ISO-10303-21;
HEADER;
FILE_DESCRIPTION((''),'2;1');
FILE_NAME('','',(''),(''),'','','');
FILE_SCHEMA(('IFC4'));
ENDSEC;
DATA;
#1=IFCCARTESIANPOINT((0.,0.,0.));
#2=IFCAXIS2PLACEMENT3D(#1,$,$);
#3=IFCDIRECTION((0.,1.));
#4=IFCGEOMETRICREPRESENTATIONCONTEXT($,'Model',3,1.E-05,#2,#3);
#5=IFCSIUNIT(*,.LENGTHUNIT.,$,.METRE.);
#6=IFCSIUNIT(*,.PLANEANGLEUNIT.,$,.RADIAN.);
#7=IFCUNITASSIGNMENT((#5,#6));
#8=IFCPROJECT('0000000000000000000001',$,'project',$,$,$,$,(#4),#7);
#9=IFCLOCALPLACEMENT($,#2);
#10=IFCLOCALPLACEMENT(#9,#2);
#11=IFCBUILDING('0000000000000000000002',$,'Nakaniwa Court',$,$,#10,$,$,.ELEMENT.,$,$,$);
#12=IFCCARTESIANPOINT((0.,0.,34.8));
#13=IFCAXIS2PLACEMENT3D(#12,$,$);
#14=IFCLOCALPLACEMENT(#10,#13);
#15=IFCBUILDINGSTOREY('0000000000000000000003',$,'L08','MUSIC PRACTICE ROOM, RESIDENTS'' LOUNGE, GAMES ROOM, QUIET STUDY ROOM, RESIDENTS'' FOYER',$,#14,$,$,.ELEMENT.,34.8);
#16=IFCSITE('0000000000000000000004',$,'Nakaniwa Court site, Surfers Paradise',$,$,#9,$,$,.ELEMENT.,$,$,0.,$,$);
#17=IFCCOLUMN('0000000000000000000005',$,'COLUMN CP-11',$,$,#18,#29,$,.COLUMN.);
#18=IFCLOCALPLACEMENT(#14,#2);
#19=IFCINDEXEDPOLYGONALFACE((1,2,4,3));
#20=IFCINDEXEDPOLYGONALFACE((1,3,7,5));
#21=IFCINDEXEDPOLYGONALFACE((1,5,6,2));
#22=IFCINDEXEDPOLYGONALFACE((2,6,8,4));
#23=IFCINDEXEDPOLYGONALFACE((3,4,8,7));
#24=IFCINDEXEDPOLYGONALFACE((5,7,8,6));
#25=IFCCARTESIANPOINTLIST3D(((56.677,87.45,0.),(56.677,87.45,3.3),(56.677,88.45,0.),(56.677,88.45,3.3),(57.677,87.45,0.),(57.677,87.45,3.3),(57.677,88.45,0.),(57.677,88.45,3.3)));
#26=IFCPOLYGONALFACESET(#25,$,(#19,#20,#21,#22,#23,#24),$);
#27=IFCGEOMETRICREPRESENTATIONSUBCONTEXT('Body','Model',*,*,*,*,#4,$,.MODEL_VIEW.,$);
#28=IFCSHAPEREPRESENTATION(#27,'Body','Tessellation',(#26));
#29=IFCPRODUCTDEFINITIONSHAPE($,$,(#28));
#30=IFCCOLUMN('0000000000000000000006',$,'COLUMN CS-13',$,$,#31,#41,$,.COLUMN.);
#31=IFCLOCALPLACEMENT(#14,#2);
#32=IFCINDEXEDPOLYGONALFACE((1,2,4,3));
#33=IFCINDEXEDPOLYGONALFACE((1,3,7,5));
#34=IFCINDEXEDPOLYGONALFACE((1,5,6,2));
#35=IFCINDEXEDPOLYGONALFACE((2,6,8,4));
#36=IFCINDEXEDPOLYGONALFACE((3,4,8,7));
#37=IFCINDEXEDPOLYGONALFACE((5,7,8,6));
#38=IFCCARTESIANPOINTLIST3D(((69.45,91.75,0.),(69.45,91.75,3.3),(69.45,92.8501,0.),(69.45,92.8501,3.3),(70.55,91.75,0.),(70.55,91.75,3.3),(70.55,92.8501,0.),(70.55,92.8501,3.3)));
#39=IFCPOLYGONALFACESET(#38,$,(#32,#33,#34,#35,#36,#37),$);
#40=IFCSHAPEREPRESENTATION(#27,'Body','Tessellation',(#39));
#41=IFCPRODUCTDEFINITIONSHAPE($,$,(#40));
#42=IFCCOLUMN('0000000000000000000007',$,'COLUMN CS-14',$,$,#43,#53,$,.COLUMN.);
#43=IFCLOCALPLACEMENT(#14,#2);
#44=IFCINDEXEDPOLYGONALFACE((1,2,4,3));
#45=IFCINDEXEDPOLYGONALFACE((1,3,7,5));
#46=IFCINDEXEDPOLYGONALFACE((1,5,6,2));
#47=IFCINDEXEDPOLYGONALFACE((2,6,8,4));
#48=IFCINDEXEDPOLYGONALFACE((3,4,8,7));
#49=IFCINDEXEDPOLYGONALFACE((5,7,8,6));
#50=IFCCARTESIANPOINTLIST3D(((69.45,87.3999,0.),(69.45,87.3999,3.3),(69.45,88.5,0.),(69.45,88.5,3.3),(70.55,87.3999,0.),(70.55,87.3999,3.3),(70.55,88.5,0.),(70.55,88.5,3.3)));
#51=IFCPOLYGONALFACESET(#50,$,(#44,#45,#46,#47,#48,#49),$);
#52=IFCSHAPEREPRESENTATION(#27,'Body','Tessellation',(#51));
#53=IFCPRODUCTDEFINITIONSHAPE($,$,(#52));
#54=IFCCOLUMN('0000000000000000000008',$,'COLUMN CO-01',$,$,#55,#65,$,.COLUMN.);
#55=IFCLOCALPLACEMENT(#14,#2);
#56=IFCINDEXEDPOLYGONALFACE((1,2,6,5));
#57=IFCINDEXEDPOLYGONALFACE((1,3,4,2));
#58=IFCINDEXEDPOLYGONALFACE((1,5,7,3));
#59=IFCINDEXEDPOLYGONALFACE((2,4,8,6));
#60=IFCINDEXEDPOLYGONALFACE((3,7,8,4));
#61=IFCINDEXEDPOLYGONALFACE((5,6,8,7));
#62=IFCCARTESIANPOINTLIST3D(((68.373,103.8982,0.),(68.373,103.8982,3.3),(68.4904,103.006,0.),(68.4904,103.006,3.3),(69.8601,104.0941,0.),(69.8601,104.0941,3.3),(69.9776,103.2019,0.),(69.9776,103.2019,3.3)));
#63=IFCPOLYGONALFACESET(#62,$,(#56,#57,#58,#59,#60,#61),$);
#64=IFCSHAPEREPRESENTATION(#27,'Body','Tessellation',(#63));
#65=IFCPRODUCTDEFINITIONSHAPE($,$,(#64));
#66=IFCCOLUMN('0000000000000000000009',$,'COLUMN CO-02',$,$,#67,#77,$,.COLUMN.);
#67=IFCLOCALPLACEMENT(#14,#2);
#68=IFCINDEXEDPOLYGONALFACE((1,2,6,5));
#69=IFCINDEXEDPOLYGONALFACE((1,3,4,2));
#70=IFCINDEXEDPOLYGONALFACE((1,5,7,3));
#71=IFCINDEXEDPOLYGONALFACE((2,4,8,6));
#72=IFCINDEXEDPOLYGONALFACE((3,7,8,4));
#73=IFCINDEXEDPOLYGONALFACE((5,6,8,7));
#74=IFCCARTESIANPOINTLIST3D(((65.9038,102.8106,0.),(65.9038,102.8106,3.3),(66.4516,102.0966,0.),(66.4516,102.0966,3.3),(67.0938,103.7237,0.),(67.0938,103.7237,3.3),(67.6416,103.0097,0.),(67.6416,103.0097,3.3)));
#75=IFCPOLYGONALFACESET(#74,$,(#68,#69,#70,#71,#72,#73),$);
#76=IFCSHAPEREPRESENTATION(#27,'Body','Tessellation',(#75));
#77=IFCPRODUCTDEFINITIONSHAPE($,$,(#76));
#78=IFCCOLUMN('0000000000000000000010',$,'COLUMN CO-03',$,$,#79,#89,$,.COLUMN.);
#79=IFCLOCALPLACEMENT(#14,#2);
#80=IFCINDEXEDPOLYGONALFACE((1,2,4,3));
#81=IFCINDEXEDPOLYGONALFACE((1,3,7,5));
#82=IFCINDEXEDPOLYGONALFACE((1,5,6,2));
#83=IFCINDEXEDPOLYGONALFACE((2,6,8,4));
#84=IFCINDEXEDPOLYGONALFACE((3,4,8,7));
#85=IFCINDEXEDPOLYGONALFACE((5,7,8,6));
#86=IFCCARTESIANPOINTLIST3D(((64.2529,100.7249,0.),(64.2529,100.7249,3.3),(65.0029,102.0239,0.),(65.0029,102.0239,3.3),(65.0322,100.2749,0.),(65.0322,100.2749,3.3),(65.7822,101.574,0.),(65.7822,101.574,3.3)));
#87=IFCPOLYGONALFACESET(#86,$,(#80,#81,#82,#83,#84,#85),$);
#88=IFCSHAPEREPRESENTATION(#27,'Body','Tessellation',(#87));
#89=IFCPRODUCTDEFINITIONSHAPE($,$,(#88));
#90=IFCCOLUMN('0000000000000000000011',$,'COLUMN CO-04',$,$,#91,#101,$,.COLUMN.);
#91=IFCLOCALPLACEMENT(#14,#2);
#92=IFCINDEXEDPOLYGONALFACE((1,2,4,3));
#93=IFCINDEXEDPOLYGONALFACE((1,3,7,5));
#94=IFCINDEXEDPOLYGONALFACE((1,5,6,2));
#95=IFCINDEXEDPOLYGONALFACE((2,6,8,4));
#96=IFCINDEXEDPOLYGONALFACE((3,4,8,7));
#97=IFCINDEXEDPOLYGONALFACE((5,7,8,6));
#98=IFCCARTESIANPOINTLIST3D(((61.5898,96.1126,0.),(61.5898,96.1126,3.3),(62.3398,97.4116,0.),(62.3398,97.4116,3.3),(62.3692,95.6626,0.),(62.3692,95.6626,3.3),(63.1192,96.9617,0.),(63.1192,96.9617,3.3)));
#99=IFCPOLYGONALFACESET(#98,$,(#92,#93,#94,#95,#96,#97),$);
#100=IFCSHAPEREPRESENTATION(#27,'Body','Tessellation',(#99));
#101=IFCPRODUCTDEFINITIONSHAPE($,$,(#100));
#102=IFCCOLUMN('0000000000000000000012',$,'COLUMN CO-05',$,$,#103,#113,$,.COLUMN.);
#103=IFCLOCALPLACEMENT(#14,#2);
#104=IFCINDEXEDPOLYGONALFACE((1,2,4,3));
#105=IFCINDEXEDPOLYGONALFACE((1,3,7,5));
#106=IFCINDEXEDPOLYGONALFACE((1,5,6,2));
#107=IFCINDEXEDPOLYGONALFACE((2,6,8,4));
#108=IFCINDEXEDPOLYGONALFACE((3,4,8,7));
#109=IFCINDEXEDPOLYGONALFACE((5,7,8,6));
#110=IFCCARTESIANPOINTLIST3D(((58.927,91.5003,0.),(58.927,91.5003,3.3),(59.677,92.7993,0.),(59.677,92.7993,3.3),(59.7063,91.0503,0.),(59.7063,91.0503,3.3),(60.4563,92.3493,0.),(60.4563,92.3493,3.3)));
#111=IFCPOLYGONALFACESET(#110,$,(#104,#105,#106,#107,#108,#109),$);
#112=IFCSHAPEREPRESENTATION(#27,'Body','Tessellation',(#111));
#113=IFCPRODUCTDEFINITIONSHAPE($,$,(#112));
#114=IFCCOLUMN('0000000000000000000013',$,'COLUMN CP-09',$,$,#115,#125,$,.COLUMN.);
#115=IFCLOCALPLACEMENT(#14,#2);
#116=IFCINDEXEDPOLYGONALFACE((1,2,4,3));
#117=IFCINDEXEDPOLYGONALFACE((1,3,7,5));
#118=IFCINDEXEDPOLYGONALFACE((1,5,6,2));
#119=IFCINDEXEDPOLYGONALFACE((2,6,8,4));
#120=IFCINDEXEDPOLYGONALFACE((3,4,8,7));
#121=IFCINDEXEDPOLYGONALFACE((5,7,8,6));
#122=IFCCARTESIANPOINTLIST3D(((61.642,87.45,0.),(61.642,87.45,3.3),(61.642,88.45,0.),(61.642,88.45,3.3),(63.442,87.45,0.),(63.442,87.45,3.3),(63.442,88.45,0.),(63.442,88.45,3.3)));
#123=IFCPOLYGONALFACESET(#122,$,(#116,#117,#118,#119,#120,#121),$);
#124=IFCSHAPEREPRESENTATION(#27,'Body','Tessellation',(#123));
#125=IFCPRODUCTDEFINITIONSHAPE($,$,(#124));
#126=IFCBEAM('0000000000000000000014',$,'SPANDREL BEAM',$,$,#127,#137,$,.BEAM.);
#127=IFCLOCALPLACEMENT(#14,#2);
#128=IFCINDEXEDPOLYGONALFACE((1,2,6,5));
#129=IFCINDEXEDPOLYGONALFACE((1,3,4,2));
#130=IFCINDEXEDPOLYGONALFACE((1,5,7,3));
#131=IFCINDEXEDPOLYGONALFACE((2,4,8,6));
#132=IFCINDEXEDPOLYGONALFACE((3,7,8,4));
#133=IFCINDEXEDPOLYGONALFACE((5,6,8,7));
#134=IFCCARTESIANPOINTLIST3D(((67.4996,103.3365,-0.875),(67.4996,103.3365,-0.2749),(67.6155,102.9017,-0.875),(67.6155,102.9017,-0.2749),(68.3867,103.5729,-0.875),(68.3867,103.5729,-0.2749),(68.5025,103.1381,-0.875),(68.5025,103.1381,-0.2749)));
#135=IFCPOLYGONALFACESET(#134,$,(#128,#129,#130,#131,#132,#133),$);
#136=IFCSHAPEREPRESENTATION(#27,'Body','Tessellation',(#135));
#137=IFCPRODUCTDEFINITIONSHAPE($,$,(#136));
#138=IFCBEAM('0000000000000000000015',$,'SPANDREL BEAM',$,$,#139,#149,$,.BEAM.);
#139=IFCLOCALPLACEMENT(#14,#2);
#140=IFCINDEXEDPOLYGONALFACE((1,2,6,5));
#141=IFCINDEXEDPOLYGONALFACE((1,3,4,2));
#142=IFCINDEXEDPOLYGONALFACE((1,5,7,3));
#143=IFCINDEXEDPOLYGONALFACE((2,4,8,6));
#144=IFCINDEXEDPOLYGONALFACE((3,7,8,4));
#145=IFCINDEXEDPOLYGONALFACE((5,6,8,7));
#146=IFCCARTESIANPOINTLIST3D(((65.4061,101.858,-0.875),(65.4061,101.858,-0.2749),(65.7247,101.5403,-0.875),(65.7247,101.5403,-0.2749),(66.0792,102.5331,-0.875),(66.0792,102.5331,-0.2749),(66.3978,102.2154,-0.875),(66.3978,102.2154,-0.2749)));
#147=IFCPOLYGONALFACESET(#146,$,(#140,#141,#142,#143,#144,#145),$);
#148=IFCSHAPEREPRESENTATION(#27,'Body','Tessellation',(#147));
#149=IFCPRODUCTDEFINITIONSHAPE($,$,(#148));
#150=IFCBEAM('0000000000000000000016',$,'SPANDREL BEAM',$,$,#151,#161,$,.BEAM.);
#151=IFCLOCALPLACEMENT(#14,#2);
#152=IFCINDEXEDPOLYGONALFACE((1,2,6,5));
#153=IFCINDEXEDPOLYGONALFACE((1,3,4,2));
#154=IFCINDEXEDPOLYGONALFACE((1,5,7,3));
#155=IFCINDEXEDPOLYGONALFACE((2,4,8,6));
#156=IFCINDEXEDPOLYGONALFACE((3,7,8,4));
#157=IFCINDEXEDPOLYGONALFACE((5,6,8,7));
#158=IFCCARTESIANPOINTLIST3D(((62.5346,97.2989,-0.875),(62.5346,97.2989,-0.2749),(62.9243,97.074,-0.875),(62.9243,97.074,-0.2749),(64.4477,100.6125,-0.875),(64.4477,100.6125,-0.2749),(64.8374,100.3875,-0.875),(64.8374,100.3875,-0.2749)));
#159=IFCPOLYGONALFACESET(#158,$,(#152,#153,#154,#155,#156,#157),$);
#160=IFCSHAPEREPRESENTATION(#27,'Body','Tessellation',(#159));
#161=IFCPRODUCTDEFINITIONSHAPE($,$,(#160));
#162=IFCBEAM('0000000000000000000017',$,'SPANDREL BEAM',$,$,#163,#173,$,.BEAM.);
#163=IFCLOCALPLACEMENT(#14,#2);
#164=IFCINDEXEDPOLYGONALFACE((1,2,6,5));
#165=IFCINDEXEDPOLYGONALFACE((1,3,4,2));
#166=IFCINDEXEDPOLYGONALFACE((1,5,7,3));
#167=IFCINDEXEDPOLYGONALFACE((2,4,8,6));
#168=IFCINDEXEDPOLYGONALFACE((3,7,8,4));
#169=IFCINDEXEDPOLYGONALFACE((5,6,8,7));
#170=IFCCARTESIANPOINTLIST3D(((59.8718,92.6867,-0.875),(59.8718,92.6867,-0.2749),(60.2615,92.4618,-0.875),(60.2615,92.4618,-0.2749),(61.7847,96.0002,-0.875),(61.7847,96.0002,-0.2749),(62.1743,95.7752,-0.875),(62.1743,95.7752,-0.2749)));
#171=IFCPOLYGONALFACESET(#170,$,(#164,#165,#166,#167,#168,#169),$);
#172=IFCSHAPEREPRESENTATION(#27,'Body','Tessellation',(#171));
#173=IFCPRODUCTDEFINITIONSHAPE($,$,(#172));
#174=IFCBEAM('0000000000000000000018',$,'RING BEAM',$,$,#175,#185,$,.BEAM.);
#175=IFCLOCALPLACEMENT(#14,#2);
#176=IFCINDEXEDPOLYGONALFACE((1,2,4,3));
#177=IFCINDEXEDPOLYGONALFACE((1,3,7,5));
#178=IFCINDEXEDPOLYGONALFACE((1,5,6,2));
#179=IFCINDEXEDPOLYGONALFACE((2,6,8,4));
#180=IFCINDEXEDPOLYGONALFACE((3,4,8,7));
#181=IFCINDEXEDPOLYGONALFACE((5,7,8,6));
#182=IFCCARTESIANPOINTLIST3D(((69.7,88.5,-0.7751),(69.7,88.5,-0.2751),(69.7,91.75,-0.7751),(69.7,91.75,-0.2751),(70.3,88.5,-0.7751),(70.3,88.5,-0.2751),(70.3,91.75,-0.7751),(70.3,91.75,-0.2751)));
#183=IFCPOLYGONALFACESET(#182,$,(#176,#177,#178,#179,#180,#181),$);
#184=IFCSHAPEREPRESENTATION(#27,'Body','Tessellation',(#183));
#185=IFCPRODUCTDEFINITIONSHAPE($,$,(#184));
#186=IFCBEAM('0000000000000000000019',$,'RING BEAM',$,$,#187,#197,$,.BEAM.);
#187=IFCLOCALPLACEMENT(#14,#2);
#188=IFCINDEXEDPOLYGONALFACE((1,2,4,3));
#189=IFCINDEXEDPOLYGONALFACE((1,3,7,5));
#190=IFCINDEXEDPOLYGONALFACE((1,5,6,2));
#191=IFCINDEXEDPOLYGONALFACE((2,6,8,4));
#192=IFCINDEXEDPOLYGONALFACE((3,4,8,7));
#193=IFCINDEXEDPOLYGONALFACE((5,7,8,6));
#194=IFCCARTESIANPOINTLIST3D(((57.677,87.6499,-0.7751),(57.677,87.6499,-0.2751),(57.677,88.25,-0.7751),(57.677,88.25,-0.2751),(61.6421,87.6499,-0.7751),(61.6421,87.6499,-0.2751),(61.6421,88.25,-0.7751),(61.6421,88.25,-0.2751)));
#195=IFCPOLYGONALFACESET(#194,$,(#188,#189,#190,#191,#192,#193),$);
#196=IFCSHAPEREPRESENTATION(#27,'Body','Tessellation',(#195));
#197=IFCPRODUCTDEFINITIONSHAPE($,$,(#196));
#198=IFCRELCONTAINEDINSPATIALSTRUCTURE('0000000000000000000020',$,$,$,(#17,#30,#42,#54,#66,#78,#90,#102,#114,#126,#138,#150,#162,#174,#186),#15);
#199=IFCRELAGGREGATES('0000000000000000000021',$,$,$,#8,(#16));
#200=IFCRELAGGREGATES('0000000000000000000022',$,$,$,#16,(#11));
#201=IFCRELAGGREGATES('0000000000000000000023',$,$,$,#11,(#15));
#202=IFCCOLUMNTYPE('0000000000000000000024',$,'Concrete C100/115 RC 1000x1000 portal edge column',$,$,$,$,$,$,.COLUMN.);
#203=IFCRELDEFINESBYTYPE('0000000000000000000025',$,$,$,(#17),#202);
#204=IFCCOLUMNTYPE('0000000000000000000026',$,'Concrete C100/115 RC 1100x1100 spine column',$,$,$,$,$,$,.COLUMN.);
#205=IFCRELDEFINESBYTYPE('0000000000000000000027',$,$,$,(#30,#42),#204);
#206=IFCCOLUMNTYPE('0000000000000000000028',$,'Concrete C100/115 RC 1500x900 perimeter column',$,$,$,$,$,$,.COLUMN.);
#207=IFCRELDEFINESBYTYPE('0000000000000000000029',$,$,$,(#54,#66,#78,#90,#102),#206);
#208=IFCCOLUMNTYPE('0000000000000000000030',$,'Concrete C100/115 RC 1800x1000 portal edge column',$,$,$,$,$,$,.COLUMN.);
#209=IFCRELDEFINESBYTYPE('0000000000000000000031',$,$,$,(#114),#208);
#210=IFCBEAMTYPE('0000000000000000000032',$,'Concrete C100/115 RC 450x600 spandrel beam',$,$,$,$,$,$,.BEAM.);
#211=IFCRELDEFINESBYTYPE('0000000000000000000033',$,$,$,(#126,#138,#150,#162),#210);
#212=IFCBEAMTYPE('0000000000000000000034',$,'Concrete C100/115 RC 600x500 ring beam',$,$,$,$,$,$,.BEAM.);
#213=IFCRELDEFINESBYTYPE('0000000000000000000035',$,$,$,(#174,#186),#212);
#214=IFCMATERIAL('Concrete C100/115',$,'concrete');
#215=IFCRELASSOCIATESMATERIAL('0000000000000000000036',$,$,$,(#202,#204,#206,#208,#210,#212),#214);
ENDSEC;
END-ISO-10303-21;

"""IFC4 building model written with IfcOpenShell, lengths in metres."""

from ifc_helpers import new_model, si_unit, direction, frame, origin, origin_2d, place, context, subcontext, project, spatial, rectangle, extrude, material, material_profile, profile_set, type_object, element, save


model = new_model("IFC4")

# Units and contexts
model_context = context("Model", 3, precision=1e-05, world=origin(), true_north=direction((0.0, 1.0)))
body_context = subcontext(model_context, "Body", "Model", "MODEL_VIEW")
ifc_project = project(units=[si_unit("LENGTHUNIT", "METRE"), si_unit("PLANEANGLEUNIT", "RADIAN")], contexts=[model_context])

# Site, building, storey
site_placement = place(None, origin())
site = spatial("IfcSite", under=ifc_project, at=site_placement, Name="Nakaniwa Court site, Surfers Paradise", CompositionType="ELEMENT", RefElevation=0.0)
building_placement = place(site_placement, origin())
building = spatial("IfcBuilding", under=site, at=building_placement, Name="Nakaniwa Court", CompositionType="ELEMENT")
storey_placement = place(building_placement, frame((0.0, 0.0, 34.8)))
storey = spatial("IfcBuildingStorey", under=building, at=storey_placement, Name="L08", Description="MUSIC PRACTICE ROOM, RESIDENTS' LOUNGE, GAMES ROOM, QUIET STUDY ROOM, RESIDENTS' FOYER", CompositionType="ELEMENT", Elevation=34.8)

# Columns
ifc_material_1 = material(Name="Concrete C100/115", Category="concrete")
ifc_material_profile_1 = material_profile(ifc_material_1, rectangle(XDim=1.0, YDim=1.0, at=origin_2d()), Name="Concrete C100/115 RC 1000x1000 portal edge column")
ifc_profile_set_1 = profile_set([ifc_material_profile_1], Name="Concrete C100/115")
column_type_1 = type_object("IfcColumnType", Name="Concrete C100/115 RC 1000x1000 portal edge column", PredefinedType="COLUMN", material=ifc_profile_set_1)
column_1_placement = place(storey_placement, frame((57.177, 87.95, 0.0), z_axis=(0.0, 0.0, 1.0), x_axis=(1.0, 0.0, 0.0)))
element("IfcColumn", 1, at=column_1_placement, inside=storey, type_object=column_type_1, Name="COLUMN CP-11", PredefinedType="COLUMN", context=body_context, shape_type="SweptSolid", body=[
    extrude(rectangle(XDim=1.0, YDim=1.0, at=origin_2d()), origin(), (0.0, 0.0, 1.0), 3.3),
])
ifc_material_profile_2 = material_profile(ifc_material_1, rectangle(XDim=1.1001, YDim=1.1001, at=origin_2d()), Name="Concrete C100/115 RC 1100x1100 spine column")
ifc_profile_set_2 = profile_set([ifc_material_profile_2], Name="Concrete C100/115")
column_type_2 = type_object("IfcColumnType", Name="Concrete C100/115 RC 1100x1100 spine column", PredefinedType="COLUMN", material=ifc_profile_set_2)
for number, where, z_axis, x_axis, name in (
    (2, (70.0, 92.3, 0.0), (0.0, 0.0, 1.0), (0.0, -1.0, 0.0), "COLUMN CS-13"),
    (3, (70.0, 87.95, 0.0), (0.0, 0.0, 1.0), (0.0, -1.0, 0.0), "COLUMN CS-14"),
):
    element("IfcColumn", number, at=place(storey_placement, frame(where, z_axis=z_axis, x_axis=x_axis)), inside=storey, type_object=column_type_2, Name=name, PredefinedType="COLUMN", context=body_context, shape_type="SweptSolid", body=[
        extrude(rectangle(XDim=1.1001, YDim=1.1001, at=origin_2d()), origin(), (0.0, 0.0, 1.0), 3.3),
    ])
ifc_material_profile_3 = material_profile(ifc_material_1, rectangle(XDim=1.5, YDim=0.8999, at=origin_2d()), Name="Concrete C100/115 RC 1500x900 perimeter column")
ifc_profile_set_3 = profile_set([ifc_material_profile_3], Name="Concrete C100/115")
column_type_3 = type_object("IfcColumnType", Name="Concrete C100/115 RC 1500x900 perimeter column", PredefinedType="COLUMN", material=ifc_profile_set_3)
for number, where, z_axis, x_axis, name in (
    (4, (69.1753, 103.55, 0.0), (0.0, 0.0, 1.0), (-0.991443, -0.130543, 0.0), "COLUMN CO-01"),
    (5, (66.7727, 102.9102, 0.0), (0.0, 0.0, 1.0), (-0.793364, -0.608748, 0.0), "COLUMN CO-02"),
    (6, (65.0176, 101.1494, 0.0), (0.0, 0.0, 1.0), (-0.5, -0.866025, 0.0), "COLUMN CO-03"),
    (7, (62.3545, 96.5371, 0.0), (0.0, 0.0, 1.0), (-0.5, -0.866025, 0.0), "COLUMN CO-04"),
    (8, (59.6917, 91.9248, 0.0), (0.0, 0.0, 1.0), (-0.5, -0.866025, 0.0), "COLUMN CO-05"),
):
    element("IfcColumn", number, at=place(storey_placement, frame(where, z_axis=z_axis, x_axis=x_axis)), inside=storey, type_object=column_type_3, Name=name, PredefinedType="COLUMN", context=body_context, shape_type="SweptSolid", body=[
        extrude(rectangle(XDim=1.5, YDim=0.8999, at=origin_2d()), origin(), (0.0, 0.0, 1.0), 3.3),
    ])
ifc_material_profile_4 = material_profile(ifc_material_1, rectangle(XDim=1.8, YDim=1.0, at=origin_2d()), Name="Concrete C100/115 RC 1800x1000 portal edge column")
ifc_profile_set_4 = profile_set([ifc_material_profile_4], Name="Concrete C100/115")
column_type_4 = type_object("IfcColumnType", Name="Concrete C100/115 RC 1800x1000 portal edge column", PredefinedType="COLUMN", material=ifc_profile_set_4)
column_2_placement = place(storey_placement, frame((62.542, 87.95, 0.0), z_axis=(0.0, 0.0, 1.0), x_axis=(1.0, 0.0, 0.0)))
element("IfcColumn", 9, at=column_2_placement, inside=storey, type_object=column_type_4, Name="COLUMN CP-09", PredefinedType="COLUMN", context=body_context, shape_type="SweptSolid", body=[
    extrude(rectangle(XDim=1.8, YDim=1.0, at=origin_2d()), origin(), (0.0, 0.0, 1.0), 3.3),
])

# Beams
ifc_material_profile_5 = material_profile(ifc_material_1, rectangle(XDim=0.45, YDim=0.6001, at=origin_2d()), Name="Concrete C100/115 RC 450x600 spandrel beam")
ifc_profile_set_5 = profile_set([ifc_material_profile_5], Name="Concrete C100/115")
beam_type_1 = type_object("IfcBeamType", Name="Concrete C100/115 RC 450x600 spandrel beam", PredefinedType="BEAM", material=ifc_profile_set_5)
beam_1_placement = place(storey_placement, frame((68.4446, 103.3555, -0.575), z_axis=(-0.966288, -0.257464, 0.0), x_axis=(0.257464, -0.966288, 0.0)))
element("IfcBeam", 10, at=beam_1_placement, inside=storey, type_object=beam_type_1, Name="SPANDREL BEAM", PredefinedType="BEAM", context=body_context, shape_type="SweptSolid", body=[
    extrude(rectangle(XDim=0.45, YDim=0.6001, at=origin_2d()), origin(), (0.0, 0.0, 1.0), 0.918),
])
beam_2_placement = place(storey_placement, frame((66.2385, 102.3743, -0.575), z_axis=(-0.706082, -0.70813, 0.0), x_axis=(0.70813, -0.706082, 0.0)))
element("IfcBeam", 11, at=beam_2_placement, inside=storey, type_object=beam_type_1, Name="SPANDREL BEAM", PredefinedType="BEAM", context=body_context, shape_type="SweptSolid", body=[
    extrude(rectangle(XDim=0.45, YDim=0.6001, at=origin_2d()), origin(), (0.0, 0.0, 1.0), 0.9534),
])
beam_3_placement = place(storey_placement, frame((64.6426, 100.5, -0.575), z_axis=(-0.50001, -0.86602, 0.0), x_axis=(0.86602, -0.50001, 0.0)))
element("IfcBeam", 12, at=beam_3_placement, inside=storey, type_object=beam_type_1, Name="SPANDREL BEAM", PredefinedType="BEAM", context=body_context, shape_type="SweptSolid", body=[
    extrude(rectangle(XDim=0.45, YDim=0.6001, at=origin_2d()), origin(), (0.0, 0.0, 1.0), 3.8262),
])
beam_4_placement = place(storey_placement, frame((61.9795, 95.8877, -0.575), z_axis=(-0.499962, -0.866047, 0.0), x_axis=(0.866047, -0.499962, 0.0)))
element("IfcBeam", 13, at=beam_4_placement, inside=storey, type_object=beam_type_1, Name="SPANDREL BEAM", PredefinedType="BEAM", context=body_context, shape_type="SweptSolid", body=[
    extrude(rectangle(XDim=0.45, YDim=0.6001, at=origin_2d()), origin(), (0.0, 0.0, 1.0), 3.8259),
])
ifc_material_profile_6 = material_profile(ifc_material_1, rectangle(XDim=0.6001, YDim=0.5, at=origin_2d()), Name="Concrete C100/115 RC 600x500 ring beam")
ifc_profile_set_6 = profile_set([ifc_material_profile_6], Name="Concrete C100/115")
beam_type_2 = type_object("IfcBeamType", Name="Concrete C100/115 RC 600x500 ring beam", PredefinedType="BEAM", material=ifc_profile_set_6)
beam_5_placement = place(storey_placement, frame((70.0, 91.75, -0.5251), z_axis=(0.0, -1.0, 0.0), x_axis=(1.0, 0.0, 0.0)))
element("IfcBeam", 14, at=beam_5_placement, inside=storey, type_object=beam_type_2, Name="RING BEAM", PredefinedType="BEAM", context=body_context, shape_type="SweptSolid", body=[
    extrude(rectangle(XDim=0.6001, YDim=0.5, at=origin_2d()), origin(), (0.0, 0.0, 1.0), 3.25),
])
beam_6_placement = place(storey_placement, frame((57.677, 87.95, -0.5251), z_axis=(1.0, 0.0, 0.0), x_axis=(0.0, 1.0, 0.0)))
element("IfcBeam", 15, at=beam_6_placement, inside=storey, type_object=beam_type_2, Name="RING BEAM", PredefinedType="BEAM", context=body_context, shape_type="SweptSolid", body=[
    extrude(rectangle(XDim=0.6001, YDim=0.5, at=origin_2d()), origin(), (0.0, 0.0, 1.0), 3.9651),
])

save(model, "model.ifc")
